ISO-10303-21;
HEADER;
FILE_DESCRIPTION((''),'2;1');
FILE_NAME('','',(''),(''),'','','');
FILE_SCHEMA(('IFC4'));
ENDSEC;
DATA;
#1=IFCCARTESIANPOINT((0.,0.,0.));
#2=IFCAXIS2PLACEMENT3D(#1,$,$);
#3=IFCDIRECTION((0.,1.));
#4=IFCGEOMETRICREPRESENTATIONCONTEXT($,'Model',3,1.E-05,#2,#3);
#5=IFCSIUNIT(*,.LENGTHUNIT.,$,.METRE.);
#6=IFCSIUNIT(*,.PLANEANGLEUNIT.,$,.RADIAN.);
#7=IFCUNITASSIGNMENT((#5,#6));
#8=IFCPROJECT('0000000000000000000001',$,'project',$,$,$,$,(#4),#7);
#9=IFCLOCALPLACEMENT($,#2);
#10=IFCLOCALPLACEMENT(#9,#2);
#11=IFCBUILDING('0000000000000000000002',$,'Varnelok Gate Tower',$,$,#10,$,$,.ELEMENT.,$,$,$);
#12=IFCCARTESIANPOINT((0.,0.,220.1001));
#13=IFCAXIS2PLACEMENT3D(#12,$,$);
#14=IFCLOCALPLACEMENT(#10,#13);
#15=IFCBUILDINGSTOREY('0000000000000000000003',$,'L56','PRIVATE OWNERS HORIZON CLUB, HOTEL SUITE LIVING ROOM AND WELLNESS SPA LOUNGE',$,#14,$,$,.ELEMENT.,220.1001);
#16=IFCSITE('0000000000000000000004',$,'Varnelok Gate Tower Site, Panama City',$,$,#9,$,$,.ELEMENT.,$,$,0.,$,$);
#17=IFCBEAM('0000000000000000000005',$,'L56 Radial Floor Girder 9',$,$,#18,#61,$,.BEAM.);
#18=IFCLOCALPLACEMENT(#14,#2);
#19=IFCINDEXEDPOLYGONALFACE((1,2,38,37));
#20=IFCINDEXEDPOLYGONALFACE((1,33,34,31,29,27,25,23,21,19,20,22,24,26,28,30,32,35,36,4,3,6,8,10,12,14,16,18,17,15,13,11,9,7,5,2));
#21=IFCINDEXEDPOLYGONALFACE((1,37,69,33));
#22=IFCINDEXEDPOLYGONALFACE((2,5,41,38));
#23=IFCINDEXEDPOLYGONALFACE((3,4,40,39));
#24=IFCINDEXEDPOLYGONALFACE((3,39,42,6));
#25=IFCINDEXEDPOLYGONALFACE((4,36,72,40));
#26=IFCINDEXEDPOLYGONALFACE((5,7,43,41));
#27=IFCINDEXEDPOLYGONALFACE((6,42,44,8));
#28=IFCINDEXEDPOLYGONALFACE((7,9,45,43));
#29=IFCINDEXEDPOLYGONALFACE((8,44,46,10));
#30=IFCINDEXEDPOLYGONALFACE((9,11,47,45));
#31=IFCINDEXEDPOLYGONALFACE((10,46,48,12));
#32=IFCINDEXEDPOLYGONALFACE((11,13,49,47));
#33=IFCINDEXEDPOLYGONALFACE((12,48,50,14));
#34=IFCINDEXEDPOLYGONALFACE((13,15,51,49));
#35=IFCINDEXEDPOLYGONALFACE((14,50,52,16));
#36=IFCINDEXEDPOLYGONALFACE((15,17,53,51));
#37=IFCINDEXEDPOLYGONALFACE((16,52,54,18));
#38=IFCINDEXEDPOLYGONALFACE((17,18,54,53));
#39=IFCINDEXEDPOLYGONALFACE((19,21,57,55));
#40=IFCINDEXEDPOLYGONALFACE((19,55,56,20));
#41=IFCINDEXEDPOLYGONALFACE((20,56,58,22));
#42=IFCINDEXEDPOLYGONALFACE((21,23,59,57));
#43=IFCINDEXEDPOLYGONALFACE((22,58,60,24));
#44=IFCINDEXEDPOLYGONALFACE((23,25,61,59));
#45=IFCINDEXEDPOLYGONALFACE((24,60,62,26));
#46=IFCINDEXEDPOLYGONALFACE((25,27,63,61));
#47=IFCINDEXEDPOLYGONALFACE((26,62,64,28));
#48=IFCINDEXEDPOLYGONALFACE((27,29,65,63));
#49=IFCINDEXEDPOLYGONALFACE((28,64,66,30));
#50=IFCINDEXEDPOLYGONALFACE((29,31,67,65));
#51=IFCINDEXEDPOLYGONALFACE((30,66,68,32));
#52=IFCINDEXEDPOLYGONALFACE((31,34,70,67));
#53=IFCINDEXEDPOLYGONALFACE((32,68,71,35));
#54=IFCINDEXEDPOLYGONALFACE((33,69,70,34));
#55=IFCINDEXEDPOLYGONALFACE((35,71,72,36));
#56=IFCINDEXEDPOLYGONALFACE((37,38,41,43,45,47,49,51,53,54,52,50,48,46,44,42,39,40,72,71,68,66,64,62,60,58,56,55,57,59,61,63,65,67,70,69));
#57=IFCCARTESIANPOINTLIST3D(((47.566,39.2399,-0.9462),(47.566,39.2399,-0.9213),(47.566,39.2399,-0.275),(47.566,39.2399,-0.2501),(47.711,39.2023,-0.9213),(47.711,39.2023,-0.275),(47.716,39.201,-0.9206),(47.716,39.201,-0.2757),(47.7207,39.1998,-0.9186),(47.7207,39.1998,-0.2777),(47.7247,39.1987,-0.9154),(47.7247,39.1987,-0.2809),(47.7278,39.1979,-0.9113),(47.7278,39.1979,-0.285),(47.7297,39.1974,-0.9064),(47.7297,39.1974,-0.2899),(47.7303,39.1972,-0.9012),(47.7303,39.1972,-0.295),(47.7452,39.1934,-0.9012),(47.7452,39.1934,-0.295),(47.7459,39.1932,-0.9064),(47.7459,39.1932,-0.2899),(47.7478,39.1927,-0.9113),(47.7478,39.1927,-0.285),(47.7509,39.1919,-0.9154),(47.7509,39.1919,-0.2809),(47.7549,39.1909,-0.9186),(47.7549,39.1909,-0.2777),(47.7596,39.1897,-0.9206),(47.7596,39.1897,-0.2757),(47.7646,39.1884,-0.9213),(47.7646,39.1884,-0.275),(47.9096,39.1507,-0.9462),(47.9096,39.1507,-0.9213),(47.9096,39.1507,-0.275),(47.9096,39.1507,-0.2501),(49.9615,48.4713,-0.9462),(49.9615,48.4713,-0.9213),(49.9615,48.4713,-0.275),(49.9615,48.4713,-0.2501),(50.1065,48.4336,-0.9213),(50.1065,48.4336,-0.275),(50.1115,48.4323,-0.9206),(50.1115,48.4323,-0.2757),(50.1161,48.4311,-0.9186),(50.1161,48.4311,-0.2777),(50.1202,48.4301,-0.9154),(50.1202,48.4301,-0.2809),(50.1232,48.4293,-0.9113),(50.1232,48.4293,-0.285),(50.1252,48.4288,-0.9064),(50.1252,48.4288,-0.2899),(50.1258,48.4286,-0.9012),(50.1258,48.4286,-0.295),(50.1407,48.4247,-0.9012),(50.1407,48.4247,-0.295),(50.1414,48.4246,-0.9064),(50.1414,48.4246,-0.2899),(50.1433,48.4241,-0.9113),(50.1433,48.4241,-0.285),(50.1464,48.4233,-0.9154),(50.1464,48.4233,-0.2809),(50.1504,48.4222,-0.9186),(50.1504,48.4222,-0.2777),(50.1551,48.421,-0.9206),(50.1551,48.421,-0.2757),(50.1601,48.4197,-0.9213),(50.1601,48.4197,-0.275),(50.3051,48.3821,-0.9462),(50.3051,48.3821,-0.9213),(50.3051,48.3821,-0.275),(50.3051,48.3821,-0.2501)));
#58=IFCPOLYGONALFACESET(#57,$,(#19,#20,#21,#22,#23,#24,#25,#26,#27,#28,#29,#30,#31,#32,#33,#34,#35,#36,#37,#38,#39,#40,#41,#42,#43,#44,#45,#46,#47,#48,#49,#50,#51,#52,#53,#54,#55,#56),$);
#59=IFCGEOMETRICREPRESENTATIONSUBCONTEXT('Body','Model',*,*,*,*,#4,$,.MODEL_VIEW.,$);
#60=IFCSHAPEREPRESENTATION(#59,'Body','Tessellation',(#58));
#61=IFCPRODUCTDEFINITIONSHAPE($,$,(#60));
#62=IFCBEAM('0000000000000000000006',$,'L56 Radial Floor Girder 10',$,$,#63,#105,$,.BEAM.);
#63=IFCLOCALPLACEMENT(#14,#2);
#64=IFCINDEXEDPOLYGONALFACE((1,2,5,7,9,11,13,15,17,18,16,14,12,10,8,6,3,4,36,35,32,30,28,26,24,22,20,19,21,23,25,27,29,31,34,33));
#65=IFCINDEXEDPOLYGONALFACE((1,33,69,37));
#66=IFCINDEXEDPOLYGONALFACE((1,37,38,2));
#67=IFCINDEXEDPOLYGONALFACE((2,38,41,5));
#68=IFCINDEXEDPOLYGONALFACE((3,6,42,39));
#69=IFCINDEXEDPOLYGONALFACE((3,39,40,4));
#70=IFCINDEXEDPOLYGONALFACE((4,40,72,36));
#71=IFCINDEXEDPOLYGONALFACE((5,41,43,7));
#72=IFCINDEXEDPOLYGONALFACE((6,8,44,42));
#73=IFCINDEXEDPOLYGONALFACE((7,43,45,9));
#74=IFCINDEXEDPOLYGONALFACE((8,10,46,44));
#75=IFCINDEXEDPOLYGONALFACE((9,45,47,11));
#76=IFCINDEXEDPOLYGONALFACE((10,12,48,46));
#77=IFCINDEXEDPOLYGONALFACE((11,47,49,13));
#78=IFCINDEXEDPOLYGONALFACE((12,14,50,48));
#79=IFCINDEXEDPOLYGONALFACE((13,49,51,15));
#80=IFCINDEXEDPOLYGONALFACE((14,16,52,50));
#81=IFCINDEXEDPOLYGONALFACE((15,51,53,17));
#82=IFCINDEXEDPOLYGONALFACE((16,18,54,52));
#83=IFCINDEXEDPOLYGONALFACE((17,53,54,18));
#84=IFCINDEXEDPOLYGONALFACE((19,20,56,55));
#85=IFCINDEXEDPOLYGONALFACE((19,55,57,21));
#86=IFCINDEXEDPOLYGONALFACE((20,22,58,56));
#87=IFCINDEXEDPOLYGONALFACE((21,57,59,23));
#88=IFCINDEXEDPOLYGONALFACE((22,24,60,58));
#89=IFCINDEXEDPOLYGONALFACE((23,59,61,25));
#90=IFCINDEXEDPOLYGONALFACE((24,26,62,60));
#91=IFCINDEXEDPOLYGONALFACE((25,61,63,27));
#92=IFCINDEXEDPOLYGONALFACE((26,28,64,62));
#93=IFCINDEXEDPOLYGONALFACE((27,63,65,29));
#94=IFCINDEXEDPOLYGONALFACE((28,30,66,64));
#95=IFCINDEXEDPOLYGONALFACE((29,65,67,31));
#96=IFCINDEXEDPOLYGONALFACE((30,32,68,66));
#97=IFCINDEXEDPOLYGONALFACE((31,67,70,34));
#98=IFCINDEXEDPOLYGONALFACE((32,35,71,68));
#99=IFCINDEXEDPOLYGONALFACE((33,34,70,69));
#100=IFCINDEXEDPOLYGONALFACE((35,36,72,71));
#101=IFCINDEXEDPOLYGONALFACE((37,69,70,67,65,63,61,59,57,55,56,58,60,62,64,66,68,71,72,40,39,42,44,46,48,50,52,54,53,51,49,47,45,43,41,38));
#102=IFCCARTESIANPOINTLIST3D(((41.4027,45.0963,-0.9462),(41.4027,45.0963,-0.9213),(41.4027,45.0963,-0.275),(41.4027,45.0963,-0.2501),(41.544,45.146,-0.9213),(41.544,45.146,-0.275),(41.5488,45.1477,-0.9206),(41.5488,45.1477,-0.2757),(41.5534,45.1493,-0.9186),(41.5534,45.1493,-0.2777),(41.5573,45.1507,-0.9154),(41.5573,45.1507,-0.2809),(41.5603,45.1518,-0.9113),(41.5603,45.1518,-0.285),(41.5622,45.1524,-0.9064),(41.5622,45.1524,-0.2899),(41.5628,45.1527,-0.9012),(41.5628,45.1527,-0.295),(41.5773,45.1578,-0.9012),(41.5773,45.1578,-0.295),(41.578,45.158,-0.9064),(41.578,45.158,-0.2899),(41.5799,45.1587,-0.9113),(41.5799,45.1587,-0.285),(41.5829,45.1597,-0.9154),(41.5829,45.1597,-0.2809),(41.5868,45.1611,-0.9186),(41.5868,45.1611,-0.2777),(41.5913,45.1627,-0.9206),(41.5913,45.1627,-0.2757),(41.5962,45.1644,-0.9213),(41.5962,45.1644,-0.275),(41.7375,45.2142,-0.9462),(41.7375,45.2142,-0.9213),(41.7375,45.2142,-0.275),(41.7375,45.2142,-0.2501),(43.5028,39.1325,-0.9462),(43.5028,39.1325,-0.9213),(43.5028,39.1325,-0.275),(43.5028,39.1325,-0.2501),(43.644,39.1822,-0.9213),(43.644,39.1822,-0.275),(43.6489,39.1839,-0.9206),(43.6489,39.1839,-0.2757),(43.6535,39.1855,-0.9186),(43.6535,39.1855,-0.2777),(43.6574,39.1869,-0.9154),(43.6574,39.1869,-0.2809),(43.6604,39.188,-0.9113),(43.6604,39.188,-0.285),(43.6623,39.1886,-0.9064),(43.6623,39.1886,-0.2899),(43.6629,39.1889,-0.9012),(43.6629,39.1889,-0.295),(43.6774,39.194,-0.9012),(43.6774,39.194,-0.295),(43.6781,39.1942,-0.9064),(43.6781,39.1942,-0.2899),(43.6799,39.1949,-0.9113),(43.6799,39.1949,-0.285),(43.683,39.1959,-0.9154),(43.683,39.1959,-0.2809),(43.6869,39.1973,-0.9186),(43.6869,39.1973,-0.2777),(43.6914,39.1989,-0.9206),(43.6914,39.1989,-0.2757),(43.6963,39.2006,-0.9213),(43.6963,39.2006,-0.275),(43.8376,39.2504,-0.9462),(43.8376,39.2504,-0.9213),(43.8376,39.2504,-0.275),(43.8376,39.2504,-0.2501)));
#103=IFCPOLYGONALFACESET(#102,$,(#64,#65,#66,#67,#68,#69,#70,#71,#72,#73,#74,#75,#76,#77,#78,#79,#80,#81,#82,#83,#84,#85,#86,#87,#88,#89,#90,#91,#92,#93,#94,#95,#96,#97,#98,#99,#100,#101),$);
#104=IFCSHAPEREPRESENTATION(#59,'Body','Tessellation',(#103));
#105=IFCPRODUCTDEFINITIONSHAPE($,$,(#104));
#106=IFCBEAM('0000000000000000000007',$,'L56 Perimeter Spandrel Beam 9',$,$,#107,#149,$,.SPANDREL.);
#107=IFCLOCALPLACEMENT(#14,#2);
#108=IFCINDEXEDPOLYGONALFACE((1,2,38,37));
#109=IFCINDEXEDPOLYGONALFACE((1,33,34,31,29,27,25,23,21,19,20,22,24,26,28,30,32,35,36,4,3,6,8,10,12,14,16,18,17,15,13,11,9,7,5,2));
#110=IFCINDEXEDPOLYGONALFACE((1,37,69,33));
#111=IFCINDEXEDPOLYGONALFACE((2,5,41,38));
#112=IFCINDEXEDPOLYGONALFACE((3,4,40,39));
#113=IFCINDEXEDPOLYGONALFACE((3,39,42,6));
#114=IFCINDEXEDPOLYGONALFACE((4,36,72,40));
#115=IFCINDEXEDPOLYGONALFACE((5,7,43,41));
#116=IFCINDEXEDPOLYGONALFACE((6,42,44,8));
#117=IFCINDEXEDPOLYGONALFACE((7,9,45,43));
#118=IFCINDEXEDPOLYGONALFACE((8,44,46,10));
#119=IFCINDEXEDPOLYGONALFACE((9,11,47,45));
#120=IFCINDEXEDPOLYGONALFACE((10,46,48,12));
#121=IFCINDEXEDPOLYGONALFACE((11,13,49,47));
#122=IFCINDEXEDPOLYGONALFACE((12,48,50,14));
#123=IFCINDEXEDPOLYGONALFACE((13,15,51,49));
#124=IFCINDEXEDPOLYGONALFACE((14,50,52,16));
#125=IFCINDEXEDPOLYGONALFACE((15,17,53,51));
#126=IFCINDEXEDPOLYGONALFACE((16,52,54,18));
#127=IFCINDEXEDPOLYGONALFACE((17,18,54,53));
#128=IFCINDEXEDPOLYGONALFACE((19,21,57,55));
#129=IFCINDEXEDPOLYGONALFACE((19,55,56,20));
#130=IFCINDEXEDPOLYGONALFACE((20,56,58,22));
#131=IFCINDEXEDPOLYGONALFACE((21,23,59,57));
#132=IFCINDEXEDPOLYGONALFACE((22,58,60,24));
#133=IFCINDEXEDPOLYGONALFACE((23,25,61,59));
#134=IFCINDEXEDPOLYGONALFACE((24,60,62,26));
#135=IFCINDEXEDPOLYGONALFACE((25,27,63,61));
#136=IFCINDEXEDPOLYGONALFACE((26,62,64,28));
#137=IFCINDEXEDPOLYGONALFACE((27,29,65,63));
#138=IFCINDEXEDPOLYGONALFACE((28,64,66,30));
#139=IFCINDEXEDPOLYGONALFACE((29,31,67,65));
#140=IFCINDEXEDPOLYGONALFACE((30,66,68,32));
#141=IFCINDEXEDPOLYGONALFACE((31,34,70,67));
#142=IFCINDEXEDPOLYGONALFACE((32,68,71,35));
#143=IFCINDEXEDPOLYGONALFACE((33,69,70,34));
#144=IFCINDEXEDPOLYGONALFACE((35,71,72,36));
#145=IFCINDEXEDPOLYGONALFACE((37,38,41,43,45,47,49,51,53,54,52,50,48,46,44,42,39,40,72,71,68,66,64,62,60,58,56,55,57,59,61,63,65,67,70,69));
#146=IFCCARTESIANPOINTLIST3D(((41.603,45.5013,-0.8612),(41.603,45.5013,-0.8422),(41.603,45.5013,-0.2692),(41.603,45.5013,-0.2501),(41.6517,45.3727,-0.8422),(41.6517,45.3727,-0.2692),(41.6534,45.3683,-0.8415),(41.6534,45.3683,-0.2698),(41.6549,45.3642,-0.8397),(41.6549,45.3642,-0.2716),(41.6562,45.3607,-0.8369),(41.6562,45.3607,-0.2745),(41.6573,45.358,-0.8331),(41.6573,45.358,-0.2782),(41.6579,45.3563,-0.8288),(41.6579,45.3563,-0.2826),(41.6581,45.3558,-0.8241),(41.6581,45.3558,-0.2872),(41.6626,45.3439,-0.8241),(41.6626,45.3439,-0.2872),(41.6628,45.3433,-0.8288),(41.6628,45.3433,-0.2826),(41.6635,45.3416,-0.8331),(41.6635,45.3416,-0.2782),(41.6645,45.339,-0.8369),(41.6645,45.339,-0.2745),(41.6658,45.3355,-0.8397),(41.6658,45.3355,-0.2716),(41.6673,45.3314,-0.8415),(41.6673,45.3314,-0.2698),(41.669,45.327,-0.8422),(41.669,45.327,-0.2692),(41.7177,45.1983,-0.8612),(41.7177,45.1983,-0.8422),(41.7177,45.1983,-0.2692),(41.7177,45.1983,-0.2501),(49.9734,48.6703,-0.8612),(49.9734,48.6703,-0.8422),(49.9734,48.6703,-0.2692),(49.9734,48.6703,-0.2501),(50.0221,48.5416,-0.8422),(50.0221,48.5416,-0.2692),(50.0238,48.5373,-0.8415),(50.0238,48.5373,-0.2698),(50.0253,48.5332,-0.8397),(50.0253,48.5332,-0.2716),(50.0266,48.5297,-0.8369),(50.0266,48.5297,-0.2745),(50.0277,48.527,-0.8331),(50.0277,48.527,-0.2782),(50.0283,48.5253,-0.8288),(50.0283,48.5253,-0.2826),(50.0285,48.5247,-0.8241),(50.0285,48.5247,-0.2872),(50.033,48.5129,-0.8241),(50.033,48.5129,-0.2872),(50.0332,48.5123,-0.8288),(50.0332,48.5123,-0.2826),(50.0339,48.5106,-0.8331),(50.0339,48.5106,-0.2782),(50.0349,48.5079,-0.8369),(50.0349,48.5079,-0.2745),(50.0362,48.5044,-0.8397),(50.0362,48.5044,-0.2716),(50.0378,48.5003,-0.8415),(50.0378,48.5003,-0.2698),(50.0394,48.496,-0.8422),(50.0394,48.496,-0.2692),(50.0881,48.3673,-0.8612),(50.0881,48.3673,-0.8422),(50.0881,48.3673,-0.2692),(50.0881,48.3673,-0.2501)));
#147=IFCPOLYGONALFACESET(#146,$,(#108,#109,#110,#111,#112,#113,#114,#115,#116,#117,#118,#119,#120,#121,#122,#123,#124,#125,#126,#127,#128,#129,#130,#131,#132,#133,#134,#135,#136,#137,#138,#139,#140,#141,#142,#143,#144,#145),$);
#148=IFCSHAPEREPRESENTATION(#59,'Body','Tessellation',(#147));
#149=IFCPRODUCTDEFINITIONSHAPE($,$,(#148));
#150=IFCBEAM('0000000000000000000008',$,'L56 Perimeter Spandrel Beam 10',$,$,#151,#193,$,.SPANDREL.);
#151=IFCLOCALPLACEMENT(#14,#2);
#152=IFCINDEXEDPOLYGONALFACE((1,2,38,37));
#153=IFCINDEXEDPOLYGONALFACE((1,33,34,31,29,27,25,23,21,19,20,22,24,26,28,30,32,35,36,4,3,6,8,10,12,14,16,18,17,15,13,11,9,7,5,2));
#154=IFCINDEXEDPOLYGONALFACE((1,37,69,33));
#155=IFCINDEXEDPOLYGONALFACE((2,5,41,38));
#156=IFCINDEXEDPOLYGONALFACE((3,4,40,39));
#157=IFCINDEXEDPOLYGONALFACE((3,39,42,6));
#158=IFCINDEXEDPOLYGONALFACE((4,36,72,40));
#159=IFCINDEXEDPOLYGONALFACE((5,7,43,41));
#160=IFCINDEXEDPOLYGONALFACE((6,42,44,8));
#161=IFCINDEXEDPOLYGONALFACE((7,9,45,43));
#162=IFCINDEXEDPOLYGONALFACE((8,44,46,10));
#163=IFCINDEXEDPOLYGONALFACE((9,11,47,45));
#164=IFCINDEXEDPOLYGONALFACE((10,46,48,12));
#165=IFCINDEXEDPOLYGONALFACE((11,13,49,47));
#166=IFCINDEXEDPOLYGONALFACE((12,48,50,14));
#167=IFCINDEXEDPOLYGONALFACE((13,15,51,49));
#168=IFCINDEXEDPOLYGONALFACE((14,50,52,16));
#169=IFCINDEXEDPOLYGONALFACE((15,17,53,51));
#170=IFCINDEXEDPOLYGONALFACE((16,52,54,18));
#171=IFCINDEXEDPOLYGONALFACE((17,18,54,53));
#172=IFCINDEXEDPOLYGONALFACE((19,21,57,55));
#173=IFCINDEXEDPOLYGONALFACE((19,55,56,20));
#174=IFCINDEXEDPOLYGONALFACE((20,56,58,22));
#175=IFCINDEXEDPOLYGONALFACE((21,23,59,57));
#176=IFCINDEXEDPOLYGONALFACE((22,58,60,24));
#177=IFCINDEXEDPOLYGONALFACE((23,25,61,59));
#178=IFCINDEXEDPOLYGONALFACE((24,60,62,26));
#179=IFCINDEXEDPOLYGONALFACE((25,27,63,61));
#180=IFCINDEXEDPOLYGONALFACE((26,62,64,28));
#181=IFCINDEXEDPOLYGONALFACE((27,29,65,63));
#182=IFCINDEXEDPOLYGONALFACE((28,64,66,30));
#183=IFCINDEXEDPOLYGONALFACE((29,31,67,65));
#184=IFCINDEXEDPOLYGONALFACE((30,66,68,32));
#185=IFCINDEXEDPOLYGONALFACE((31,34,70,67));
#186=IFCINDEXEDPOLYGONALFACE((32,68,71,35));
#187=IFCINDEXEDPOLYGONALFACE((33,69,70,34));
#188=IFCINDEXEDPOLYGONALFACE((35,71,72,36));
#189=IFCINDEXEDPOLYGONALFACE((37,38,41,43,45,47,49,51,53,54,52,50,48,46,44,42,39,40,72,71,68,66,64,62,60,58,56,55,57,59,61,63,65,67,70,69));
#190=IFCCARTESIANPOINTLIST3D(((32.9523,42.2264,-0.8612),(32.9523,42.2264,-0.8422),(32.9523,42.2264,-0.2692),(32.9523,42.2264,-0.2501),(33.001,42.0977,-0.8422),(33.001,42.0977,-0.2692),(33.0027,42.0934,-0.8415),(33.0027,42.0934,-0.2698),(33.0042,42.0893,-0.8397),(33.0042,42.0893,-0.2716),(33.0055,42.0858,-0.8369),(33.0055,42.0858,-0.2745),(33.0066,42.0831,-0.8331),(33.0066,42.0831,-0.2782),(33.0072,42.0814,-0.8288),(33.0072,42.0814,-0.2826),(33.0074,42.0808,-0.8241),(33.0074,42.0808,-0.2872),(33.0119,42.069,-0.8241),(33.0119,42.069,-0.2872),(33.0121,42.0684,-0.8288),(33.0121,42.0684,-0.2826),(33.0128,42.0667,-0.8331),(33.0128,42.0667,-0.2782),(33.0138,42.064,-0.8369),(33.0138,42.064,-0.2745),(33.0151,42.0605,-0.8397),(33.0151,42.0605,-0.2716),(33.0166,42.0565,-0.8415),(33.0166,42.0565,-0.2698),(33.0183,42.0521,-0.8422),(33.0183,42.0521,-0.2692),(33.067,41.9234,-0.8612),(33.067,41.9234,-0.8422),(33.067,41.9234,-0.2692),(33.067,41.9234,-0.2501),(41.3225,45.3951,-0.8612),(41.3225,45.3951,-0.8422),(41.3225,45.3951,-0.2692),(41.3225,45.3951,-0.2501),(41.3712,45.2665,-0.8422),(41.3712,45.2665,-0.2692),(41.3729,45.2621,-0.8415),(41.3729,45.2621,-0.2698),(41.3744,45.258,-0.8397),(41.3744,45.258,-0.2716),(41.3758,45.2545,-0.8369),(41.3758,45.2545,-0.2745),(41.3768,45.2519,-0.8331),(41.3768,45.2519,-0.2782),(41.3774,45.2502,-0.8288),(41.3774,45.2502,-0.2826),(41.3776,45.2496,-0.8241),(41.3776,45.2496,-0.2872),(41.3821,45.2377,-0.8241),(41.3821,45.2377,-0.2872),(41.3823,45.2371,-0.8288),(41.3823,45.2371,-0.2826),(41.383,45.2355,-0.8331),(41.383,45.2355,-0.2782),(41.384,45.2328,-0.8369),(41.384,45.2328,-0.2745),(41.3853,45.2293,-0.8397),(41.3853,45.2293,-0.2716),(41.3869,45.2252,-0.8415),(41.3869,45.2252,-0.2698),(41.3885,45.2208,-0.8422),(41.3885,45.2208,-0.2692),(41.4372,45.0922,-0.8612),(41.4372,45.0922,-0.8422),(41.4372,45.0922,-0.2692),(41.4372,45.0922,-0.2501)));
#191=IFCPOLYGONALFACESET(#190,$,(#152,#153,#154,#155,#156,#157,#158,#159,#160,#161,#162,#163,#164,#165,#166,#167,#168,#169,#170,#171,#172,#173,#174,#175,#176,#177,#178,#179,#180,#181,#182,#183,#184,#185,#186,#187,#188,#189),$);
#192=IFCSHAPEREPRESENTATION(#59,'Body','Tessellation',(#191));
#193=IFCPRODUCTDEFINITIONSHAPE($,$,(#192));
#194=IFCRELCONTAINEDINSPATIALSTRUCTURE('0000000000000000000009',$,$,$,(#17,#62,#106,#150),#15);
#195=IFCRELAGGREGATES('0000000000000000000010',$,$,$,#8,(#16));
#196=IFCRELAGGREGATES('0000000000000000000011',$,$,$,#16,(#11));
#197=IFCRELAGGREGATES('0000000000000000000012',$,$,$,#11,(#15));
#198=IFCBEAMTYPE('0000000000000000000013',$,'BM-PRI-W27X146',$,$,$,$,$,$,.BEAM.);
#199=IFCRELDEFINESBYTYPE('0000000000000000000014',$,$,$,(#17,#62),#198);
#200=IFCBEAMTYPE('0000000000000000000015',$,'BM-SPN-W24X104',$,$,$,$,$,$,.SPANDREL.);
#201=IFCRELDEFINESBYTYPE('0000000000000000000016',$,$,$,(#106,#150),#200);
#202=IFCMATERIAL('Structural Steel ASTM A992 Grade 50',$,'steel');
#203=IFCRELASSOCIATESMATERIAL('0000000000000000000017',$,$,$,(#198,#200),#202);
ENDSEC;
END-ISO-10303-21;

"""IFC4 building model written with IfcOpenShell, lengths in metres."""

from ifc_helpers import new_model, si_unit, direction, frame, origin, origin_2d, place, context, subcontext, project, spatial, i_section, extrude, material, material_profile, profile_set, type_object, element, save


model = new_model("IFC4")

# Units and contexts
model_context = context("Model", 3, precision=1e-05, world=origin(), true_north=direction((0.0, 1.0)))
body_context = subcontext(model_context, "Body", "Model", "MODEL_VIEW")
ifc_project = project(units=[si_unit("LENGTHUNIT", "METRE"), si_unit("PLANEANGLEUNIT", "RADIAN")], contexts=[model_context])

# Site, building, storey
site_placement = place(None, origin())
site = spatial("IfcSite", under=ifc_project, at=site_placement, Name="Varnelok Gate Tower Site, Panama City", CompositionType="ELEMENT", RefElevation=0.0)
building_placement = place(site_placement, origin())
building = spatial("IfcBuilding", under=site, at=building_placement, Name="Varnelok Gate Tower", CompositionType="ELEMENT")
storey_placement = place(building_placement, frame((0.0, 0.0, 220.1001)))
storey = spatial("IfcBuildingStorey", under=building, at=storey_placement, Name="L56", Description="PRIVATE OWNERS HORIZON CLUB, HOTEL SUITE LIVING ROOM AND WELLNESS SPA LOUNGE", CompositionType="ELEMENT", Elevation=220.1001)

# Shared definitions
ifc_material_1 = material(Name="Structural Steel ASTM A992 Grade 50", Category="steel")

# Beams
ifc_material_profile_1 = material_profile(ifc_material_1, i_section(OverallWidth=0.355, OverallDepth=0.696, WebThickness=0.0154, FlangeThickness=0.0249, FilletRadius=0.02, at=origin_2d()), Name="W27X146")
ifc_profile_set_1 = profile_set([ifc_material_profile_1], Name="Structural Steel ASTM A992 Grade 50")
beam_type_1 = type_object("IfcBeamType", Name="BM-PRI-W27X146", PredefinedType="BEAM", material=ifc_profile_set_1)
beam_1_placement = place(storey_placement, frame((47.7378, 39.1953, -0.5981), z_axis=(0.251175, 0.967942, 0.0), x_axis=(-0.967942, 0.251175, 0.0)))
element("IfcBeam", 1, at=beam_1_placement, inside=storey, type_object=beam_type_1, Name="L56 Radial Floor Girder 9", PredefinedType="BEAM", context=body_context, shape_type="SweptSolid", body=[
    extrude(i_section(OverallWidth=0.355, OverallDepth=0.696, WebThickness=0.0154, FlangeThickness=0.0249, FilletRadius=0.02, at=origin_2d()), origin(), (0.0, 0.0, 1.0), 9.5371),
])
beam_2_placement = place(storey_placement, frame((43.6702, 39.1914, -0.5981), z_axis=(-0.332145, 0.943228, 0.0), x_axis=(-0.943228, -0.332145, 0.0)))
element("IfcBeam", 2, at=beam_2_placement, inside=storey, type_object=beam_type_1, Name="L56 Radial Floor Girder 10", PredefinedType="BEAM", context=body_context, shape_type="SweptSolid", body=[
    extrude(i_section(OverallWidth=0.355, OverallDepth=0.696, WebThickness=0.0154, FlangeThickness=0.0249, FilletRadius=0.02, at=origin_2d()), origin(), (0.0, 0.0, 1.0), 6.3228),
])
ifc_material_profile_2 = material_profile(ifc_material_1, i_section(OverallWidth=0.324, OverallDepth=0.6111, WebThickness=0.0127, FlangeThickness=0.019, FilletRadius=0.0181, at=origin_2d()), Name="W24X104")
ifc_profile_set_2 = profile_set([ifc_material_profile_2], Name="Structural Steel ASTM A992 Grade 50")
beam_type_2 = type_object("IfcBeamType", Name="BM-SPN-W24X104", PredefinedType="SPANDREL", material=ifc_profile_set_2)
beam_3_placement = place(storey_placement, frame((50.0308, 48.5188, -0.5557), z_axis=(-0.93522, -0.354066, 0.0), x_axis=(0.354066, -0.93522, 0.0)))
element("IfcBeam", 3, at=beam_3_placement, inside=storey, type_object=beam_type_2, Name="L56 Perimeter Spandrel Beam 9", PredefinedType="SPANDREL", context=body_context, shape_type="SweptSolid", body=[
    extrude(i_section(OverallWidth=0.324, OverallDepth=0.6111, WebThickness=0.0127, FlangeThickness=0.019, FilletRadius=0.0181, at=origin_2d()), origin(), (0.0, 0.0, 1.0), 8.9502),
])
beam_4_placement = place(storey_placement, frame((41.3799, 45.2437, -0.5557), z_axis=(-0.935226, -0.354051, 0.0), x_axis=(0.354051, -0.935226, 0.0)))
element("IfcBeam", 4, at=beam_4_placement, inside=storey, type_object=beam_type_2, Name="L56 Perimeter Spandrel Beam 10", PredefinedType="SPANDREL", context=body_context, shape_type="SweptSolid", body=[
    extrude(i_section(OverallWidth=0.324, OverallDepth=0.6111, WebThickness=0.0127, FlangeThickness=0.019, FilletRadius=0.0181, at=origin_2d()), origin(), (0.0, 0.0, 1.0), 8.95),
])

save(model, "model.ifc")
